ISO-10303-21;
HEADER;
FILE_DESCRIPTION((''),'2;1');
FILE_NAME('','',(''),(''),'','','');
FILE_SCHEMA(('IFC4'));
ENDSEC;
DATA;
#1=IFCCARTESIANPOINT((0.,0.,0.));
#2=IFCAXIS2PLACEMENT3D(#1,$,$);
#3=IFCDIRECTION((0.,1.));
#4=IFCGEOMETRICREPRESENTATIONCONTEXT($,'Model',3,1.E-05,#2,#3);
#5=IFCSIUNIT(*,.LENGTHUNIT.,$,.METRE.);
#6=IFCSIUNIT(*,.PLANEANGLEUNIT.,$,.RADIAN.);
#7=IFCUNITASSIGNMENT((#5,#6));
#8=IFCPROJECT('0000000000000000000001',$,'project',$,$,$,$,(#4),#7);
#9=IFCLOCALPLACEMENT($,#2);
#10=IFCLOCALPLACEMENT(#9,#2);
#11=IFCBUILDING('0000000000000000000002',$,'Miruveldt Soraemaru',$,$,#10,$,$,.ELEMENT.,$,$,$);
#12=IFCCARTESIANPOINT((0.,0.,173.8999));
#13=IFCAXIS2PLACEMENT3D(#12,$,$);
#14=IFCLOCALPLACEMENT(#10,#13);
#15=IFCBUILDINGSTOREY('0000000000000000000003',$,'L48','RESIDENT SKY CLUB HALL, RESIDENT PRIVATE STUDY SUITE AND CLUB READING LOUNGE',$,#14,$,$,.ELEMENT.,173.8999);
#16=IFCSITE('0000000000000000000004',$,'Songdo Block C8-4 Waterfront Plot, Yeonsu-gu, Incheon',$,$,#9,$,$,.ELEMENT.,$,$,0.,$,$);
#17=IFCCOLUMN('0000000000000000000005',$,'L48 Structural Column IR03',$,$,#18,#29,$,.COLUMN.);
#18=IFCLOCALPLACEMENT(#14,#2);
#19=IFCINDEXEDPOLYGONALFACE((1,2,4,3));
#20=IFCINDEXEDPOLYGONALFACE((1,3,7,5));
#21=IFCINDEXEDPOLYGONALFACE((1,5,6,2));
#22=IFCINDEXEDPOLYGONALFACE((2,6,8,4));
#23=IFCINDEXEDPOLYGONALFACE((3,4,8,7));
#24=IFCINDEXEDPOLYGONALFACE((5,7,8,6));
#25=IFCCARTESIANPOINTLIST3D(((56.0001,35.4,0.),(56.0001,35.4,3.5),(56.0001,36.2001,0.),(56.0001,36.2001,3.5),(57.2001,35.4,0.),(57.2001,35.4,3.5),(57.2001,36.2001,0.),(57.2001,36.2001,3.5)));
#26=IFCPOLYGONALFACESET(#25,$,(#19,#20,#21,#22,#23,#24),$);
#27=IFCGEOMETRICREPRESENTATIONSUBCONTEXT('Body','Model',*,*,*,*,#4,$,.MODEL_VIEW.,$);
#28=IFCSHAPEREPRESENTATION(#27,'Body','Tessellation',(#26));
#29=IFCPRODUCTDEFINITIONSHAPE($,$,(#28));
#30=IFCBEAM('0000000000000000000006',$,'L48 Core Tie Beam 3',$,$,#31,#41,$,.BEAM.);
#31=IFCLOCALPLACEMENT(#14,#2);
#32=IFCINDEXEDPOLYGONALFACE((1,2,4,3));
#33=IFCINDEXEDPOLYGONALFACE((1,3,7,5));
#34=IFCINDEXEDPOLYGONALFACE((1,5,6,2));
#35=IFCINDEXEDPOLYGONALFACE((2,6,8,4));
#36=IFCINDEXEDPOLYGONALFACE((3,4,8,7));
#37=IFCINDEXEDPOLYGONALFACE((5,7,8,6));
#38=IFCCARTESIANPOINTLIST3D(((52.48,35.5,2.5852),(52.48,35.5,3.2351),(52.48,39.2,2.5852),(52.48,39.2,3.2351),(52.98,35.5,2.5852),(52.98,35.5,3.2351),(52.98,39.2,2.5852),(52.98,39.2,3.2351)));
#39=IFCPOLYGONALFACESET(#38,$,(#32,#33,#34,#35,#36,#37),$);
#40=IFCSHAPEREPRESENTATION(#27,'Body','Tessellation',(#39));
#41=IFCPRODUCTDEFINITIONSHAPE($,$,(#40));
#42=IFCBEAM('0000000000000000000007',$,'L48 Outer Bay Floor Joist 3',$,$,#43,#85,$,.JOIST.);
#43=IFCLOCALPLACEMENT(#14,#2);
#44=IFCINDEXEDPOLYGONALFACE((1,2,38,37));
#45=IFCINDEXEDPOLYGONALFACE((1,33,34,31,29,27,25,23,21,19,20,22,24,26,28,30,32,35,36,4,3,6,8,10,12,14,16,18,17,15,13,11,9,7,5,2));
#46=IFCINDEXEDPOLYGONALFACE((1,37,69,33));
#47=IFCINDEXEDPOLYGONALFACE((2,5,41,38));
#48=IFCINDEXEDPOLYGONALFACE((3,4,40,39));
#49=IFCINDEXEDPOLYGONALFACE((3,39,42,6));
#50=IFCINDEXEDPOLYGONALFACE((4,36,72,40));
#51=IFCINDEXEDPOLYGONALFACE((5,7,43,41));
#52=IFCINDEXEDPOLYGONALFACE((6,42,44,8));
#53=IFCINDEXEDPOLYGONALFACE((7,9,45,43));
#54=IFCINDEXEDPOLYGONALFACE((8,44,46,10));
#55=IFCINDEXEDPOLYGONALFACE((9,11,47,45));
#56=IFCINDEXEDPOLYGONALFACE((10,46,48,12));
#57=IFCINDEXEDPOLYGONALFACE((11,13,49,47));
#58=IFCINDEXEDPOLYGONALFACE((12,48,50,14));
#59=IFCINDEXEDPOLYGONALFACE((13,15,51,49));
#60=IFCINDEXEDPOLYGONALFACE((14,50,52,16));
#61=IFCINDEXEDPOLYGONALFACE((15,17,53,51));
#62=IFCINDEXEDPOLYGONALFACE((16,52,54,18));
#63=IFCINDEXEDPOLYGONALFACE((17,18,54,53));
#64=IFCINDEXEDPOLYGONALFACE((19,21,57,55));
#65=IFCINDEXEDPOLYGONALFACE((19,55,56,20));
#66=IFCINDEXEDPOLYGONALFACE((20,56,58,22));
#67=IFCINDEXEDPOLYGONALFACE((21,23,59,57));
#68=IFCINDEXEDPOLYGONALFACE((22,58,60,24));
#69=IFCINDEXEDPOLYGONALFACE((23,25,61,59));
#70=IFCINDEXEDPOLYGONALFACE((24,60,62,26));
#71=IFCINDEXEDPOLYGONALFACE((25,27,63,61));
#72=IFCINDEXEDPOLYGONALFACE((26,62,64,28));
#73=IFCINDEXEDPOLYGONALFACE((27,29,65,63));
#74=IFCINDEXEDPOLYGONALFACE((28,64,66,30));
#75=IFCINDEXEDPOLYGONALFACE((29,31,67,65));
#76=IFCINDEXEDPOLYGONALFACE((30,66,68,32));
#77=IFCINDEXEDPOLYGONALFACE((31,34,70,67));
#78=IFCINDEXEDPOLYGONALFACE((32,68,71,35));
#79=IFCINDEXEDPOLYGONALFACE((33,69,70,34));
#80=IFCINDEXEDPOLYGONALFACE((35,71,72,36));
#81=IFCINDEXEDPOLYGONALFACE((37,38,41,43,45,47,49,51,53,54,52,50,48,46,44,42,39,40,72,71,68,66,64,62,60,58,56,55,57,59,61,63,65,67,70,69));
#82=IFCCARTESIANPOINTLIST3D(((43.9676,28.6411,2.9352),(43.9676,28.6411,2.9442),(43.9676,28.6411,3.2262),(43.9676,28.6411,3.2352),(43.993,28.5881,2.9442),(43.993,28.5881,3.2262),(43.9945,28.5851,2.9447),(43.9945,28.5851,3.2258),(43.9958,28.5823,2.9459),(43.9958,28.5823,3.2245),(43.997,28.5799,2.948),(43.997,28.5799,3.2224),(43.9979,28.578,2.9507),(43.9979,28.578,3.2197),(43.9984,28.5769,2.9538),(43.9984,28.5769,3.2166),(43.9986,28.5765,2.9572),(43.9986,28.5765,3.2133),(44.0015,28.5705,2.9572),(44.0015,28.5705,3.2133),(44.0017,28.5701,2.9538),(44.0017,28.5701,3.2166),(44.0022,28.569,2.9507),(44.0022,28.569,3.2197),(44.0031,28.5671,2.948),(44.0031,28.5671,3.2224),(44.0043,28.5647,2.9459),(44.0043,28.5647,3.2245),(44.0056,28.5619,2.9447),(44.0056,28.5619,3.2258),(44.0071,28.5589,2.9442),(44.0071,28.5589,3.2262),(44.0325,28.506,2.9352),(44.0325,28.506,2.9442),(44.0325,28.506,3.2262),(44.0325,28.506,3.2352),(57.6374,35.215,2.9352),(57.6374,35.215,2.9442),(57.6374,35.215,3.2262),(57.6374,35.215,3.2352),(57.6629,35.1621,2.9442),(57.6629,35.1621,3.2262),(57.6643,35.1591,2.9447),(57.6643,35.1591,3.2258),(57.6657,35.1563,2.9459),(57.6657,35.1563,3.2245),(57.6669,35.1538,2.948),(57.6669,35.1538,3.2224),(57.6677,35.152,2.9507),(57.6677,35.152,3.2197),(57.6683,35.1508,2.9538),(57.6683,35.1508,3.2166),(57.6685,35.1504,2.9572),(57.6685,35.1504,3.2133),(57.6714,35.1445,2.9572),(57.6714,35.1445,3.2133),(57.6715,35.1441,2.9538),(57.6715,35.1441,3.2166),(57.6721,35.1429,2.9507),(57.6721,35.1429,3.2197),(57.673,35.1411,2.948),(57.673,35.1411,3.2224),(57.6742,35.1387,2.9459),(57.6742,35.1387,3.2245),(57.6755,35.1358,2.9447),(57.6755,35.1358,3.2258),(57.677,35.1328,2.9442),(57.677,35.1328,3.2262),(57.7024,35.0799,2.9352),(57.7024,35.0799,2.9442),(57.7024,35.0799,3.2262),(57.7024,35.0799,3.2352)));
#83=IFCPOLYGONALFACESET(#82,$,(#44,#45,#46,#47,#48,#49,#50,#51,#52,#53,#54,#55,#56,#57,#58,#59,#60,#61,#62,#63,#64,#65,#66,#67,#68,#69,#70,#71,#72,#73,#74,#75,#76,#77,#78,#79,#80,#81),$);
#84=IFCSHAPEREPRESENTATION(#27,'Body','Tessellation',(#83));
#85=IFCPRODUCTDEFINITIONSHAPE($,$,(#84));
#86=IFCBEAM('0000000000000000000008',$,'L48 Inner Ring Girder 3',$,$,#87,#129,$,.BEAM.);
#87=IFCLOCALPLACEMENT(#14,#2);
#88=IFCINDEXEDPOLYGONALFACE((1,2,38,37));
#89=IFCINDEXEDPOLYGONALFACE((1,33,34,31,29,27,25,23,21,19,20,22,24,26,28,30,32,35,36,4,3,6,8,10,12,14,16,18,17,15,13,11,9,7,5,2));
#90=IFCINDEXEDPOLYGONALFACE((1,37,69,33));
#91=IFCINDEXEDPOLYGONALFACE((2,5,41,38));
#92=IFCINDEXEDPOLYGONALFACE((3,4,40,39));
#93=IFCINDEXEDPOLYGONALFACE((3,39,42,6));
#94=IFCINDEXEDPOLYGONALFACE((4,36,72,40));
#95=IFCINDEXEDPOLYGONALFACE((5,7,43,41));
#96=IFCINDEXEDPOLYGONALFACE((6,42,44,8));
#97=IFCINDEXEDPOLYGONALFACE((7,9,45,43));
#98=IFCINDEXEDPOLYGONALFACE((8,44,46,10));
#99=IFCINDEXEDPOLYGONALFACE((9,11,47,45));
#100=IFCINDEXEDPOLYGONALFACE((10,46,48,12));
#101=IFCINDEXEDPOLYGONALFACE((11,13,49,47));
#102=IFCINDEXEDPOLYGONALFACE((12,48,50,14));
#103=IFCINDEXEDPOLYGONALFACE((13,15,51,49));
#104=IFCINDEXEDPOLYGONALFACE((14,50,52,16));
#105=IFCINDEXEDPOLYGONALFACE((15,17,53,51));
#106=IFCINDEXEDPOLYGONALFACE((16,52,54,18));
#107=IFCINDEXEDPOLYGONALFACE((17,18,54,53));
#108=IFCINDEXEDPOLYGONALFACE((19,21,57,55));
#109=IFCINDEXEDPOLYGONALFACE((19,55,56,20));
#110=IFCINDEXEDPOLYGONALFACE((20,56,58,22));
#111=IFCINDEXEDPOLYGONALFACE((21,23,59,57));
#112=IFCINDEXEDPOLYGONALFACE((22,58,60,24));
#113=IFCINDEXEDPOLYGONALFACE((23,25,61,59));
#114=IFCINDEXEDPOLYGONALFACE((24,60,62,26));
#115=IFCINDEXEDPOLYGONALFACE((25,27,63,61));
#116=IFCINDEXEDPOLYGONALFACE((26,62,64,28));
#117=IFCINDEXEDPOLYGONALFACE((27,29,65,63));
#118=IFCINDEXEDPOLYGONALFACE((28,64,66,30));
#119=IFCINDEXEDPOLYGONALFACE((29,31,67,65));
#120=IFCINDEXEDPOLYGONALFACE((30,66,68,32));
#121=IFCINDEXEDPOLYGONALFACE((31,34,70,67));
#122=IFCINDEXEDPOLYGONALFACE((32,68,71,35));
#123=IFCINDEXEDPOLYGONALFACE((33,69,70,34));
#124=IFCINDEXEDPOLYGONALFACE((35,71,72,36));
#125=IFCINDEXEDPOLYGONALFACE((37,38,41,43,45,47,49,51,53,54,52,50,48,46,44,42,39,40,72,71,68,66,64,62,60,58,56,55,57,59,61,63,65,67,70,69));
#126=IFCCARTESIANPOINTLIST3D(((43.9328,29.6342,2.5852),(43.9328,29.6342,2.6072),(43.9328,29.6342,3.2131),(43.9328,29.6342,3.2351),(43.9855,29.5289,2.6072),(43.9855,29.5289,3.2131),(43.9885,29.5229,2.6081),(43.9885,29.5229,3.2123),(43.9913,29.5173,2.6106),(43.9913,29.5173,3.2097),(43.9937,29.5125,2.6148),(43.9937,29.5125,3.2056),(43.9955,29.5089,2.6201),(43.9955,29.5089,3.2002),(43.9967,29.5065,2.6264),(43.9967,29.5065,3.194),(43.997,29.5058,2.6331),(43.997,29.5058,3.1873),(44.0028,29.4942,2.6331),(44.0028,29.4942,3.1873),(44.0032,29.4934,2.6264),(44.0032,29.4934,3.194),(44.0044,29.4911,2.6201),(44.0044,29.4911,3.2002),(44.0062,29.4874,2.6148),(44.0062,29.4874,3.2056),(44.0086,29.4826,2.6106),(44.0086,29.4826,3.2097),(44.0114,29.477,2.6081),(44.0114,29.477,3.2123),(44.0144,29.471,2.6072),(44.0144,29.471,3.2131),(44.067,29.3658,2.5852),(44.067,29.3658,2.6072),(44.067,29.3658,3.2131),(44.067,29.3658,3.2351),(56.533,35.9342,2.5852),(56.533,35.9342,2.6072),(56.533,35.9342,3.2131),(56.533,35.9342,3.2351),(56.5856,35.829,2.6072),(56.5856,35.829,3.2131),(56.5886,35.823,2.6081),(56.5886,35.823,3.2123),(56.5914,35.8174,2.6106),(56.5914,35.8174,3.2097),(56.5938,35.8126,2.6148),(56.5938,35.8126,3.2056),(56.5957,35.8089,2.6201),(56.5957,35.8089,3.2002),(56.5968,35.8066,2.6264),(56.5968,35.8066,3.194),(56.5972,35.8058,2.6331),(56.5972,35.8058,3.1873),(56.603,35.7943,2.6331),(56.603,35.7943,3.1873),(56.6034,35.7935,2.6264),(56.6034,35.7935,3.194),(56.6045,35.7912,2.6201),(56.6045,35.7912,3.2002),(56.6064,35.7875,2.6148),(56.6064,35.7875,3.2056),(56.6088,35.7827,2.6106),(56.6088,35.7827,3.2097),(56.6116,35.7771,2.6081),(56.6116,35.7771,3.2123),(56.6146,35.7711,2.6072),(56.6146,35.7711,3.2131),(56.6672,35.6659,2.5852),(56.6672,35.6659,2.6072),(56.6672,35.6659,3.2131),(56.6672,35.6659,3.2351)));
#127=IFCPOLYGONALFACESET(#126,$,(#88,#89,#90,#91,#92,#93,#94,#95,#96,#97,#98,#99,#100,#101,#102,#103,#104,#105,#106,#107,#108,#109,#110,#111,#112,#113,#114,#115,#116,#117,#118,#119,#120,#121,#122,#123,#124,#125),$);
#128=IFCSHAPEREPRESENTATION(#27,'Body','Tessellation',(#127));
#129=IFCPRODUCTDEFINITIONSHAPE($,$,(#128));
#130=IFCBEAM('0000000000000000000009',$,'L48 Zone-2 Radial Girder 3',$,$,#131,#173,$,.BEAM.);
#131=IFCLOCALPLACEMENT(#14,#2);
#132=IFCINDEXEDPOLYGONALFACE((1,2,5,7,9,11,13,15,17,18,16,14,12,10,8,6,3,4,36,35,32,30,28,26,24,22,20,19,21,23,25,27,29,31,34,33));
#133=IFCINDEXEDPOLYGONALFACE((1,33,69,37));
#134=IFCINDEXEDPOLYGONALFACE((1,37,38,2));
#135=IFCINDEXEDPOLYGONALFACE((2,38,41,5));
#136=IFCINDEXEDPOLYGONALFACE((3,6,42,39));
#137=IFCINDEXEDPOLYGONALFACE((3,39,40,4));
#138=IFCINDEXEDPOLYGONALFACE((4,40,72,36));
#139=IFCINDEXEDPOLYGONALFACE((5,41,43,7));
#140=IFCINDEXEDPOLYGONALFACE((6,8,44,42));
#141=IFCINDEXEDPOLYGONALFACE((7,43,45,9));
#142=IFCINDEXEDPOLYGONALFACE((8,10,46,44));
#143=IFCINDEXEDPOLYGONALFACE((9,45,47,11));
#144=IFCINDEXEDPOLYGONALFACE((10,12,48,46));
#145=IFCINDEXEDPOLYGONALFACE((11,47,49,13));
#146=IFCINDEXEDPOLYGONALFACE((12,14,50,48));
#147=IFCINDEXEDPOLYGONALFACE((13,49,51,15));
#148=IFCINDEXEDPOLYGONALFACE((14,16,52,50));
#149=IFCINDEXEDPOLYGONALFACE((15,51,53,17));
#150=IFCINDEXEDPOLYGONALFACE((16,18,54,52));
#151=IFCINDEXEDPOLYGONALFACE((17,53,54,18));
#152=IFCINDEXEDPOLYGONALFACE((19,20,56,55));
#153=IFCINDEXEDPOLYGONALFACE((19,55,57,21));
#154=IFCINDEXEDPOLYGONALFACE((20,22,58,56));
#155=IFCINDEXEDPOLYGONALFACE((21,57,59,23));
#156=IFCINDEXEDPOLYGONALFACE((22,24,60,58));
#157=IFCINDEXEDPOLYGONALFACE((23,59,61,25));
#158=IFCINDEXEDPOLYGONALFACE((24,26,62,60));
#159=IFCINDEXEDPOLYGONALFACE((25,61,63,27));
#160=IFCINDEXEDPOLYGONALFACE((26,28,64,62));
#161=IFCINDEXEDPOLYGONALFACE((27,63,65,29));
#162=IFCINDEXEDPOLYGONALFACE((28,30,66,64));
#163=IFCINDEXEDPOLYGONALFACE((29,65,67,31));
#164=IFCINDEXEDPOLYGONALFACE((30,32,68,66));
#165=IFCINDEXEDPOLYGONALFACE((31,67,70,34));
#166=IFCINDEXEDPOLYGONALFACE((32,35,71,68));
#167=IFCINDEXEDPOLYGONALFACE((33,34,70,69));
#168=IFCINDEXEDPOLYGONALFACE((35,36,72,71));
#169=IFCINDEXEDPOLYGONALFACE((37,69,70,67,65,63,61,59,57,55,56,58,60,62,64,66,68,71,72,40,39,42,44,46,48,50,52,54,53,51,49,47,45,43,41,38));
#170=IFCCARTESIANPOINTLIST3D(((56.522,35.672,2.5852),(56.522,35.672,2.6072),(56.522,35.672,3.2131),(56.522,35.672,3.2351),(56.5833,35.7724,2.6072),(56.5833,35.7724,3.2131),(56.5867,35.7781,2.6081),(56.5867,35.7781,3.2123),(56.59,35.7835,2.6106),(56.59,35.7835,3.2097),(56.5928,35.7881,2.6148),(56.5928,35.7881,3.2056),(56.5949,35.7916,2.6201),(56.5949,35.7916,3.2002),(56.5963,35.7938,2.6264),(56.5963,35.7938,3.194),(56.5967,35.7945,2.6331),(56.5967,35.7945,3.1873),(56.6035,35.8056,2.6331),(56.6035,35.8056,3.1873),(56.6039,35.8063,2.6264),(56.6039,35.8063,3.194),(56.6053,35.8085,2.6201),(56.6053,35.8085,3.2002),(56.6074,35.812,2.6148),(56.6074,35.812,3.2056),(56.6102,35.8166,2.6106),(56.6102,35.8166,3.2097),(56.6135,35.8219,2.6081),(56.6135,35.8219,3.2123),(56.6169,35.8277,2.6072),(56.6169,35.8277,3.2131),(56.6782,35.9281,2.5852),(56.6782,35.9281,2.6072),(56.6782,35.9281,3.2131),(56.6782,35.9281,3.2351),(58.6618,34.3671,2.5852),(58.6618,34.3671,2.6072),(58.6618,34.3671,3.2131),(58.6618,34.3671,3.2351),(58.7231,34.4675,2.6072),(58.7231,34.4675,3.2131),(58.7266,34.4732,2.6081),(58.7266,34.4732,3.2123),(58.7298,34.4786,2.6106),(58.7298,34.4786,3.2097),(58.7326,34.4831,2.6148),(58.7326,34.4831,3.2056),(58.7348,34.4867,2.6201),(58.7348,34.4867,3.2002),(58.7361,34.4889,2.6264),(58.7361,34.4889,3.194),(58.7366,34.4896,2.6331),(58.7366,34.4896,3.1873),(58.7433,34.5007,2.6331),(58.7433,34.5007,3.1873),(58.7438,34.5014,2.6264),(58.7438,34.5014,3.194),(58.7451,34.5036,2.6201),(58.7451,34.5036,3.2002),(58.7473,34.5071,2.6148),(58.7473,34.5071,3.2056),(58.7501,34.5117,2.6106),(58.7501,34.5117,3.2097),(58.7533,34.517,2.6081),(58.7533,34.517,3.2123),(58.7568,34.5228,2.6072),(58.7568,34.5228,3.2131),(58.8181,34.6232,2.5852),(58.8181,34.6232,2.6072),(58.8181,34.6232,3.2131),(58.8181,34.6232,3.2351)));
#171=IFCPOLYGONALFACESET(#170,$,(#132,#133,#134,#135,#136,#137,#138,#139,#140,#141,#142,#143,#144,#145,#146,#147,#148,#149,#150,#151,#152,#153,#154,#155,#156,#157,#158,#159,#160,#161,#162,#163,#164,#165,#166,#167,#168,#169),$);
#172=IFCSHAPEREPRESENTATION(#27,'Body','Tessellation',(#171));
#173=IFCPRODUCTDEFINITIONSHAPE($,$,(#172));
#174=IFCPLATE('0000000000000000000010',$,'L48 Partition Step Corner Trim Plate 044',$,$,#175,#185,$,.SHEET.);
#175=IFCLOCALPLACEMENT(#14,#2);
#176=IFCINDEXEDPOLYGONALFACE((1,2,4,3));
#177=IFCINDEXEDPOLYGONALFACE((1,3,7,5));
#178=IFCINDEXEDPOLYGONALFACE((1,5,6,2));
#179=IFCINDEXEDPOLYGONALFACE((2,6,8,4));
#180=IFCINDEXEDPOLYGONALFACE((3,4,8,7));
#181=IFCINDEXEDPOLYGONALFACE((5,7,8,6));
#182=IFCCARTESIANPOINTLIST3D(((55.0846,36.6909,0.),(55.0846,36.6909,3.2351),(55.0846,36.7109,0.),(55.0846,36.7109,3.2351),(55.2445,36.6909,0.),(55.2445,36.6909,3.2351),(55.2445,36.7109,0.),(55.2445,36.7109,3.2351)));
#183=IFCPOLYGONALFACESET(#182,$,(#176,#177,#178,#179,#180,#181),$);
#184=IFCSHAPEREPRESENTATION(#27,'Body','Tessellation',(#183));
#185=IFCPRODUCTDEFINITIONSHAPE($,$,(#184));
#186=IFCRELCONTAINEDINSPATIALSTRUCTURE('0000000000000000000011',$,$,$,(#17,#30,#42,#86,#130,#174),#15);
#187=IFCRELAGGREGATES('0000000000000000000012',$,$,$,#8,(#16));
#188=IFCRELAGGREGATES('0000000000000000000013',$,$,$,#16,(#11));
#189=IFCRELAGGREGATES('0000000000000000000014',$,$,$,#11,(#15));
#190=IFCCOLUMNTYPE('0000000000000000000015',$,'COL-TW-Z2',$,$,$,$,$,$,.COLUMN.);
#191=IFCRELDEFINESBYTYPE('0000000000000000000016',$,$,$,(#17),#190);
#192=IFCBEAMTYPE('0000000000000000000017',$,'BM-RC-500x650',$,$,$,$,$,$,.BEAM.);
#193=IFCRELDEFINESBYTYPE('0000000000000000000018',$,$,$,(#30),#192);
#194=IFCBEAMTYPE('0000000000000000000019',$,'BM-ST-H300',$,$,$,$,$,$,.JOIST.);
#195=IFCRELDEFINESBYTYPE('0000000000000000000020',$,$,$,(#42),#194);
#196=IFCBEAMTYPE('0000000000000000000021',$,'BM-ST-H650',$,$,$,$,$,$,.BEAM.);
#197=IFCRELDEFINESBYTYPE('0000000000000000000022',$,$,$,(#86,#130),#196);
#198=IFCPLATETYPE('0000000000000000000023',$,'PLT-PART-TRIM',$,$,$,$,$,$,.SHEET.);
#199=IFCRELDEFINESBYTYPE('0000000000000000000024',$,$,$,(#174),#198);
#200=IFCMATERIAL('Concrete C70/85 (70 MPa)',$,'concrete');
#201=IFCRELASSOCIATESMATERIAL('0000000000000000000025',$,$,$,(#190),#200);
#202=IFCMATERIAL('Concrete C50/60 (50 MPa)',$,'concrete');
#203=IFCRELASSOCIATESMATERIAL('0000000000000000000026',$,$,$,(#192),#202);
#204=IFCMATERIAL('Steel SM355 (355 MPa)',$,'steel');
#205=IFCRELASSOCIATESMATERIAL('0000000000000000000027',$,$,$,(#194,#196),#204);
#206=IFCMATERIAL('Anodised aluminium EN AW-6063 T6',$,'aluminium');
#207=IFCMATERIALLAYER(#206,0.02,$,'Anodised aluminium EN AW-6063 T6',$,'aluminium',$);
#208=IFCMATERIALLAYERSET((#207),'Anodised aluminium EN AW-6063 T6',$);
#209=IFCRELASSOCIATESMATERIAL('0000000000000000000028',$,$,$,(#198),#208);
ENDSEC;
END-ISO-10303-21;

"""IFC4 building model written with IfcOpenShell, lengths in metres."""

from ifc_helpers import new_model, si_unit, direction, frame, origin, origin_2d, place, context, subcontext, project, spatial, rectangle, i_section, extrude, material, layer, layer_set, material_profile, profile_set, type_object, element, save


model = new_model("IFC4")

# Units and contexts
model_context = context("Model", 3, precision=1e-05, world=origin(), true_north=direction((0.0, 1.0)))
body_context = subcontext(model_context, "Body", "Model", "MODEL_VIEW")
ifc_project = project(units=[si_unit("LENGTHUNIT", "METRE"), si_unit("PLANEANGLEUNIT", "RADIAN")], contexts=[model_context])

# Site, building, storey
site_placement = place(None, origin())
site = spatial("IfcSite", under=ifc_project, at=site_placement, Name="Songdo Block C8-4 Waterfront Plot, Yeonsu-gu, Incheon", CompositionType="ELEMENT", RefElevation=0.0)
building_placement = place(site_placement, origin())
building = spatial("IfcBuilding", under=site, at=building_placement, Name="Miruveldt Soraemaru", CompositionType="ELEMENT")
storey_placement = place(building_placement, frame((0.0, 0.0, 173.8999)))
storey = spatial("IfcBuildingStorey", under=building, at=storey_placement, Name="L48", Description="RESIDENT SKY CLUB HALL, RESIDENT PRIVATE STUDY SUITE AND CLUB READING LOUNGE", CompositionType="ELEMENT", Elevation=173.8999)

# Column
ifc_material_1 = material(Name="Concrete C70/85 (70 MPa)", Category="concrete")
ifc_material_profile_1 = material_profile(ifc_material_1, rectangle(XDim=1.2, YDim=0.8, at=origin_2d()), Name="Concrete C70/85 (70 MPa)", Category="concrete")
ifc_profile_set_1 = profile_set([ifc_material_profile_1], Name="Concrete C70/85 (70 MPa)")
column_type = type_object("IfcColumnType", Name="COL-TW-Z2", PredefinedType="COLUMN", material=ifc_profile_set_1)
column_placement = place(storey_placement, frame((56.6001, 35.8, 0.0), z_axis=(0.0, 0.0, 1.0), x_axis=(1.0, 0.0, 0.0)))
element("IfcColumn", 1, at=column_placement, inside=storey, type_object=column_type, Name="L48 Structural Column IR03", PredefinedType="COLUMN", context=body_context, shape_type="SweptSolid", body=[
    extrude(rectangle(XDim=1.2, YDim=0.8, at=origin_2d()), origin(), (0.0, 0.0, 1.0), 3.5),
])

# Beams
ifc_material_2 = material(Name="Concrete C50/60 (50 MPa)", Category="concrete")
ifc_material_profile_2 = material_profile(ifc_material_2, rectangle(XDim=0.5, YDim=0.6499, at=origin_2d()), Name="Concrete C50/60 (50 MPa)", Category="concrete")
ifc_profile_set_2 = profile_set([ifc_material_profile_2], Name="Concrete C50/60 (50 MPa)")
beam_type_1 = type_object("IfcBeamType", Name="BM-RC-500x650", PredefinedType="BEAM", material=ifc_profile_set_2)
beam_1_placement = place(storey_placement, frame((52.73, 35.5, 2.9102), z_axis=(0.0, 1.0, 0.0), x_axis=(-1.0, 0.0, 0.0)))
element("IfcBeam", 2, at=beam_1_placement, inside=storey, type_object=beam_type_1, Name="L48 Core Tie Beam 3", PredefinedType="BEAM", context=body_context, shape_type="SweptSolid", body=[
    extrude(rectangle(XDim=0.5, YDim=0.6499, at=origin_2d()), origin(), (0.0, 0.0, 1.0), 3.7),
])
ifc_material_3 = material(Name="Steel SM355 (355 MPa)", Category="steel")
ifc_material_profile_3 = material_profile(ifc_material_3, i_section(OverallWidth=0.1499, OverallDepth=0.3, WebThickness=0.0066, FlangeThickness=0.009, FilletRadius=0.0129, at=origin_2d()), Name="Steel SM355 (355 MPa)", Category="steel")
ifc_profile_set_3 = profile_set([ifc_material_profile_3], Name="Steel SM355 (355 MPa)")
beam_type_2 = type_object("IfcBeamType", Name="BM-ST-H300", PredefinedType="JOIST", material=ifc_profile_set_3)
beam_2_placement = place(storey_placement, frame((57.6699, 35.1475, 3.0852), z_axis=(-0.901204, -0.433396, 0.0), x_axis=(0.433396, -0.901204, 0.0)))
element("IfcBeam", 3, at=beam_2_placement, inside=storey, type_object=beam_type_2, Name="L48 Outer Bay Floor Joist 3", PredefinedType="JOIST", context=body_context, shape_type="SweptSolid", body=[
    extrude(i_section(OverallWidth=0.1499, OverallDepth=0.3, WebThickness=0.0066, FlangeThickness=0.009, FilletRadius=0.0129, at=origin_2d()), origin(), (0.0, 0.0, 1.0), 15.1685),
])
ifc_material_profile_4 = material_profile(ifc_material_3, i_section(OverallWidth=0.3, OverallDepth=0.6499, WebThickness=0.0129, FlangeThickness=0.022, FilletRadius=0.0259, at=origin_2d()), Name="Steel SM355 (355 MPa)", Category="steel")
ifc_profile_set_4 = profile_set([ifc_material_profile_4], Name="Steel SM355 (355 MPa)")
beam_type_3 = type_object("IfcBeamType", Name="BM-ST-H650", PredefinedType="BEAM", material=ifc_profile_set_4)
beam_3_placement = place(storey_placement, frame((56.6001, 35.8, 2.9102), z_axis=(-0.894427, -0.447214, 0.0), x_axis=(0.447214, -0.894427, 0.0)))
element("IfcBeam", 4, at=beam_3_placement, inside=storey, type_object=beam_type_3, Name="L48 Inner Ring Girder 3", PredefinedType="BEAM", context=body_context, shape_type="SweptSolid", body=[
    extrude(i_section(OverallWidth=0.3, OverallDepth=0.6499, WebThickness=0.0129, FlangeThickness=0.022, FilletRadius=0.0259, at=origin_2d()), origin(), (0.0, 0.0, 1.0), 14.0874),
])
beam_4_placement = place(storey_placement, frame((56.6001, 35.8, 2.9102), z_axis=(0.853775, -0.520642, 0.0), x_axis=(0.520642, 0.853775, 0.0)))
element("IfcBeam", 5, at=beam_4_placement, inside=storey, type_object=beam_type_3, Name="L48 Zone-2 Radial Girder 3", PredefinedType="BEAM", context=body_context, shape_type="SweptSolid", body=[
    extrude(i_section(OverallWidth=0.3, OverallDepth=0.6499, WebThickness=0.0129, FlangeThickness=0.022, FilletRadius=0.0259, at=origin_2d()), origin(), (0.0, 0.0, 1.0), 2.5063),
])

# Plate
ifc_material_4 = material(Name="Anodised aluminium EN AW-6063 T6", Category="aluminium")
ifc_layer_1 = layer(ifc_material_4, 0.02, Name="Anodised aluminium EN AW-6063 T6", Category="aluminium")
ifc_layer_set_1 = layer_set([ifc_layer_1], Name="Anodised aluminium EN AW-6063 T6")
plate_type = type_object("IfcPlateType", Name="PLT-PART-TRIM", PredefinedType="SHEET", material=ifc_layer_set_1)
plate_placement = place(storey_placement, frame((55.1646, 36.7009, 0.0), z_axis=(0.0, 0.0, 1.0), x_axis=(1.0, 0.0, 0.0)))
element("IfcPlate", 6, at=plate_placement, inside=storey, type_object=plate_type, Name="L48 Partition Step Corner Trim Plate 044", PredefinedType="SHEET", context=body_context, shape_type="SweptSolid", body=[
    extrude(rectangle(XDim=0.1599, YDim=0.02, at=origin_2d()), origin(), (0.0, 0.0, 1.0), 3.2351),
])

save(model, "model.ifc")
